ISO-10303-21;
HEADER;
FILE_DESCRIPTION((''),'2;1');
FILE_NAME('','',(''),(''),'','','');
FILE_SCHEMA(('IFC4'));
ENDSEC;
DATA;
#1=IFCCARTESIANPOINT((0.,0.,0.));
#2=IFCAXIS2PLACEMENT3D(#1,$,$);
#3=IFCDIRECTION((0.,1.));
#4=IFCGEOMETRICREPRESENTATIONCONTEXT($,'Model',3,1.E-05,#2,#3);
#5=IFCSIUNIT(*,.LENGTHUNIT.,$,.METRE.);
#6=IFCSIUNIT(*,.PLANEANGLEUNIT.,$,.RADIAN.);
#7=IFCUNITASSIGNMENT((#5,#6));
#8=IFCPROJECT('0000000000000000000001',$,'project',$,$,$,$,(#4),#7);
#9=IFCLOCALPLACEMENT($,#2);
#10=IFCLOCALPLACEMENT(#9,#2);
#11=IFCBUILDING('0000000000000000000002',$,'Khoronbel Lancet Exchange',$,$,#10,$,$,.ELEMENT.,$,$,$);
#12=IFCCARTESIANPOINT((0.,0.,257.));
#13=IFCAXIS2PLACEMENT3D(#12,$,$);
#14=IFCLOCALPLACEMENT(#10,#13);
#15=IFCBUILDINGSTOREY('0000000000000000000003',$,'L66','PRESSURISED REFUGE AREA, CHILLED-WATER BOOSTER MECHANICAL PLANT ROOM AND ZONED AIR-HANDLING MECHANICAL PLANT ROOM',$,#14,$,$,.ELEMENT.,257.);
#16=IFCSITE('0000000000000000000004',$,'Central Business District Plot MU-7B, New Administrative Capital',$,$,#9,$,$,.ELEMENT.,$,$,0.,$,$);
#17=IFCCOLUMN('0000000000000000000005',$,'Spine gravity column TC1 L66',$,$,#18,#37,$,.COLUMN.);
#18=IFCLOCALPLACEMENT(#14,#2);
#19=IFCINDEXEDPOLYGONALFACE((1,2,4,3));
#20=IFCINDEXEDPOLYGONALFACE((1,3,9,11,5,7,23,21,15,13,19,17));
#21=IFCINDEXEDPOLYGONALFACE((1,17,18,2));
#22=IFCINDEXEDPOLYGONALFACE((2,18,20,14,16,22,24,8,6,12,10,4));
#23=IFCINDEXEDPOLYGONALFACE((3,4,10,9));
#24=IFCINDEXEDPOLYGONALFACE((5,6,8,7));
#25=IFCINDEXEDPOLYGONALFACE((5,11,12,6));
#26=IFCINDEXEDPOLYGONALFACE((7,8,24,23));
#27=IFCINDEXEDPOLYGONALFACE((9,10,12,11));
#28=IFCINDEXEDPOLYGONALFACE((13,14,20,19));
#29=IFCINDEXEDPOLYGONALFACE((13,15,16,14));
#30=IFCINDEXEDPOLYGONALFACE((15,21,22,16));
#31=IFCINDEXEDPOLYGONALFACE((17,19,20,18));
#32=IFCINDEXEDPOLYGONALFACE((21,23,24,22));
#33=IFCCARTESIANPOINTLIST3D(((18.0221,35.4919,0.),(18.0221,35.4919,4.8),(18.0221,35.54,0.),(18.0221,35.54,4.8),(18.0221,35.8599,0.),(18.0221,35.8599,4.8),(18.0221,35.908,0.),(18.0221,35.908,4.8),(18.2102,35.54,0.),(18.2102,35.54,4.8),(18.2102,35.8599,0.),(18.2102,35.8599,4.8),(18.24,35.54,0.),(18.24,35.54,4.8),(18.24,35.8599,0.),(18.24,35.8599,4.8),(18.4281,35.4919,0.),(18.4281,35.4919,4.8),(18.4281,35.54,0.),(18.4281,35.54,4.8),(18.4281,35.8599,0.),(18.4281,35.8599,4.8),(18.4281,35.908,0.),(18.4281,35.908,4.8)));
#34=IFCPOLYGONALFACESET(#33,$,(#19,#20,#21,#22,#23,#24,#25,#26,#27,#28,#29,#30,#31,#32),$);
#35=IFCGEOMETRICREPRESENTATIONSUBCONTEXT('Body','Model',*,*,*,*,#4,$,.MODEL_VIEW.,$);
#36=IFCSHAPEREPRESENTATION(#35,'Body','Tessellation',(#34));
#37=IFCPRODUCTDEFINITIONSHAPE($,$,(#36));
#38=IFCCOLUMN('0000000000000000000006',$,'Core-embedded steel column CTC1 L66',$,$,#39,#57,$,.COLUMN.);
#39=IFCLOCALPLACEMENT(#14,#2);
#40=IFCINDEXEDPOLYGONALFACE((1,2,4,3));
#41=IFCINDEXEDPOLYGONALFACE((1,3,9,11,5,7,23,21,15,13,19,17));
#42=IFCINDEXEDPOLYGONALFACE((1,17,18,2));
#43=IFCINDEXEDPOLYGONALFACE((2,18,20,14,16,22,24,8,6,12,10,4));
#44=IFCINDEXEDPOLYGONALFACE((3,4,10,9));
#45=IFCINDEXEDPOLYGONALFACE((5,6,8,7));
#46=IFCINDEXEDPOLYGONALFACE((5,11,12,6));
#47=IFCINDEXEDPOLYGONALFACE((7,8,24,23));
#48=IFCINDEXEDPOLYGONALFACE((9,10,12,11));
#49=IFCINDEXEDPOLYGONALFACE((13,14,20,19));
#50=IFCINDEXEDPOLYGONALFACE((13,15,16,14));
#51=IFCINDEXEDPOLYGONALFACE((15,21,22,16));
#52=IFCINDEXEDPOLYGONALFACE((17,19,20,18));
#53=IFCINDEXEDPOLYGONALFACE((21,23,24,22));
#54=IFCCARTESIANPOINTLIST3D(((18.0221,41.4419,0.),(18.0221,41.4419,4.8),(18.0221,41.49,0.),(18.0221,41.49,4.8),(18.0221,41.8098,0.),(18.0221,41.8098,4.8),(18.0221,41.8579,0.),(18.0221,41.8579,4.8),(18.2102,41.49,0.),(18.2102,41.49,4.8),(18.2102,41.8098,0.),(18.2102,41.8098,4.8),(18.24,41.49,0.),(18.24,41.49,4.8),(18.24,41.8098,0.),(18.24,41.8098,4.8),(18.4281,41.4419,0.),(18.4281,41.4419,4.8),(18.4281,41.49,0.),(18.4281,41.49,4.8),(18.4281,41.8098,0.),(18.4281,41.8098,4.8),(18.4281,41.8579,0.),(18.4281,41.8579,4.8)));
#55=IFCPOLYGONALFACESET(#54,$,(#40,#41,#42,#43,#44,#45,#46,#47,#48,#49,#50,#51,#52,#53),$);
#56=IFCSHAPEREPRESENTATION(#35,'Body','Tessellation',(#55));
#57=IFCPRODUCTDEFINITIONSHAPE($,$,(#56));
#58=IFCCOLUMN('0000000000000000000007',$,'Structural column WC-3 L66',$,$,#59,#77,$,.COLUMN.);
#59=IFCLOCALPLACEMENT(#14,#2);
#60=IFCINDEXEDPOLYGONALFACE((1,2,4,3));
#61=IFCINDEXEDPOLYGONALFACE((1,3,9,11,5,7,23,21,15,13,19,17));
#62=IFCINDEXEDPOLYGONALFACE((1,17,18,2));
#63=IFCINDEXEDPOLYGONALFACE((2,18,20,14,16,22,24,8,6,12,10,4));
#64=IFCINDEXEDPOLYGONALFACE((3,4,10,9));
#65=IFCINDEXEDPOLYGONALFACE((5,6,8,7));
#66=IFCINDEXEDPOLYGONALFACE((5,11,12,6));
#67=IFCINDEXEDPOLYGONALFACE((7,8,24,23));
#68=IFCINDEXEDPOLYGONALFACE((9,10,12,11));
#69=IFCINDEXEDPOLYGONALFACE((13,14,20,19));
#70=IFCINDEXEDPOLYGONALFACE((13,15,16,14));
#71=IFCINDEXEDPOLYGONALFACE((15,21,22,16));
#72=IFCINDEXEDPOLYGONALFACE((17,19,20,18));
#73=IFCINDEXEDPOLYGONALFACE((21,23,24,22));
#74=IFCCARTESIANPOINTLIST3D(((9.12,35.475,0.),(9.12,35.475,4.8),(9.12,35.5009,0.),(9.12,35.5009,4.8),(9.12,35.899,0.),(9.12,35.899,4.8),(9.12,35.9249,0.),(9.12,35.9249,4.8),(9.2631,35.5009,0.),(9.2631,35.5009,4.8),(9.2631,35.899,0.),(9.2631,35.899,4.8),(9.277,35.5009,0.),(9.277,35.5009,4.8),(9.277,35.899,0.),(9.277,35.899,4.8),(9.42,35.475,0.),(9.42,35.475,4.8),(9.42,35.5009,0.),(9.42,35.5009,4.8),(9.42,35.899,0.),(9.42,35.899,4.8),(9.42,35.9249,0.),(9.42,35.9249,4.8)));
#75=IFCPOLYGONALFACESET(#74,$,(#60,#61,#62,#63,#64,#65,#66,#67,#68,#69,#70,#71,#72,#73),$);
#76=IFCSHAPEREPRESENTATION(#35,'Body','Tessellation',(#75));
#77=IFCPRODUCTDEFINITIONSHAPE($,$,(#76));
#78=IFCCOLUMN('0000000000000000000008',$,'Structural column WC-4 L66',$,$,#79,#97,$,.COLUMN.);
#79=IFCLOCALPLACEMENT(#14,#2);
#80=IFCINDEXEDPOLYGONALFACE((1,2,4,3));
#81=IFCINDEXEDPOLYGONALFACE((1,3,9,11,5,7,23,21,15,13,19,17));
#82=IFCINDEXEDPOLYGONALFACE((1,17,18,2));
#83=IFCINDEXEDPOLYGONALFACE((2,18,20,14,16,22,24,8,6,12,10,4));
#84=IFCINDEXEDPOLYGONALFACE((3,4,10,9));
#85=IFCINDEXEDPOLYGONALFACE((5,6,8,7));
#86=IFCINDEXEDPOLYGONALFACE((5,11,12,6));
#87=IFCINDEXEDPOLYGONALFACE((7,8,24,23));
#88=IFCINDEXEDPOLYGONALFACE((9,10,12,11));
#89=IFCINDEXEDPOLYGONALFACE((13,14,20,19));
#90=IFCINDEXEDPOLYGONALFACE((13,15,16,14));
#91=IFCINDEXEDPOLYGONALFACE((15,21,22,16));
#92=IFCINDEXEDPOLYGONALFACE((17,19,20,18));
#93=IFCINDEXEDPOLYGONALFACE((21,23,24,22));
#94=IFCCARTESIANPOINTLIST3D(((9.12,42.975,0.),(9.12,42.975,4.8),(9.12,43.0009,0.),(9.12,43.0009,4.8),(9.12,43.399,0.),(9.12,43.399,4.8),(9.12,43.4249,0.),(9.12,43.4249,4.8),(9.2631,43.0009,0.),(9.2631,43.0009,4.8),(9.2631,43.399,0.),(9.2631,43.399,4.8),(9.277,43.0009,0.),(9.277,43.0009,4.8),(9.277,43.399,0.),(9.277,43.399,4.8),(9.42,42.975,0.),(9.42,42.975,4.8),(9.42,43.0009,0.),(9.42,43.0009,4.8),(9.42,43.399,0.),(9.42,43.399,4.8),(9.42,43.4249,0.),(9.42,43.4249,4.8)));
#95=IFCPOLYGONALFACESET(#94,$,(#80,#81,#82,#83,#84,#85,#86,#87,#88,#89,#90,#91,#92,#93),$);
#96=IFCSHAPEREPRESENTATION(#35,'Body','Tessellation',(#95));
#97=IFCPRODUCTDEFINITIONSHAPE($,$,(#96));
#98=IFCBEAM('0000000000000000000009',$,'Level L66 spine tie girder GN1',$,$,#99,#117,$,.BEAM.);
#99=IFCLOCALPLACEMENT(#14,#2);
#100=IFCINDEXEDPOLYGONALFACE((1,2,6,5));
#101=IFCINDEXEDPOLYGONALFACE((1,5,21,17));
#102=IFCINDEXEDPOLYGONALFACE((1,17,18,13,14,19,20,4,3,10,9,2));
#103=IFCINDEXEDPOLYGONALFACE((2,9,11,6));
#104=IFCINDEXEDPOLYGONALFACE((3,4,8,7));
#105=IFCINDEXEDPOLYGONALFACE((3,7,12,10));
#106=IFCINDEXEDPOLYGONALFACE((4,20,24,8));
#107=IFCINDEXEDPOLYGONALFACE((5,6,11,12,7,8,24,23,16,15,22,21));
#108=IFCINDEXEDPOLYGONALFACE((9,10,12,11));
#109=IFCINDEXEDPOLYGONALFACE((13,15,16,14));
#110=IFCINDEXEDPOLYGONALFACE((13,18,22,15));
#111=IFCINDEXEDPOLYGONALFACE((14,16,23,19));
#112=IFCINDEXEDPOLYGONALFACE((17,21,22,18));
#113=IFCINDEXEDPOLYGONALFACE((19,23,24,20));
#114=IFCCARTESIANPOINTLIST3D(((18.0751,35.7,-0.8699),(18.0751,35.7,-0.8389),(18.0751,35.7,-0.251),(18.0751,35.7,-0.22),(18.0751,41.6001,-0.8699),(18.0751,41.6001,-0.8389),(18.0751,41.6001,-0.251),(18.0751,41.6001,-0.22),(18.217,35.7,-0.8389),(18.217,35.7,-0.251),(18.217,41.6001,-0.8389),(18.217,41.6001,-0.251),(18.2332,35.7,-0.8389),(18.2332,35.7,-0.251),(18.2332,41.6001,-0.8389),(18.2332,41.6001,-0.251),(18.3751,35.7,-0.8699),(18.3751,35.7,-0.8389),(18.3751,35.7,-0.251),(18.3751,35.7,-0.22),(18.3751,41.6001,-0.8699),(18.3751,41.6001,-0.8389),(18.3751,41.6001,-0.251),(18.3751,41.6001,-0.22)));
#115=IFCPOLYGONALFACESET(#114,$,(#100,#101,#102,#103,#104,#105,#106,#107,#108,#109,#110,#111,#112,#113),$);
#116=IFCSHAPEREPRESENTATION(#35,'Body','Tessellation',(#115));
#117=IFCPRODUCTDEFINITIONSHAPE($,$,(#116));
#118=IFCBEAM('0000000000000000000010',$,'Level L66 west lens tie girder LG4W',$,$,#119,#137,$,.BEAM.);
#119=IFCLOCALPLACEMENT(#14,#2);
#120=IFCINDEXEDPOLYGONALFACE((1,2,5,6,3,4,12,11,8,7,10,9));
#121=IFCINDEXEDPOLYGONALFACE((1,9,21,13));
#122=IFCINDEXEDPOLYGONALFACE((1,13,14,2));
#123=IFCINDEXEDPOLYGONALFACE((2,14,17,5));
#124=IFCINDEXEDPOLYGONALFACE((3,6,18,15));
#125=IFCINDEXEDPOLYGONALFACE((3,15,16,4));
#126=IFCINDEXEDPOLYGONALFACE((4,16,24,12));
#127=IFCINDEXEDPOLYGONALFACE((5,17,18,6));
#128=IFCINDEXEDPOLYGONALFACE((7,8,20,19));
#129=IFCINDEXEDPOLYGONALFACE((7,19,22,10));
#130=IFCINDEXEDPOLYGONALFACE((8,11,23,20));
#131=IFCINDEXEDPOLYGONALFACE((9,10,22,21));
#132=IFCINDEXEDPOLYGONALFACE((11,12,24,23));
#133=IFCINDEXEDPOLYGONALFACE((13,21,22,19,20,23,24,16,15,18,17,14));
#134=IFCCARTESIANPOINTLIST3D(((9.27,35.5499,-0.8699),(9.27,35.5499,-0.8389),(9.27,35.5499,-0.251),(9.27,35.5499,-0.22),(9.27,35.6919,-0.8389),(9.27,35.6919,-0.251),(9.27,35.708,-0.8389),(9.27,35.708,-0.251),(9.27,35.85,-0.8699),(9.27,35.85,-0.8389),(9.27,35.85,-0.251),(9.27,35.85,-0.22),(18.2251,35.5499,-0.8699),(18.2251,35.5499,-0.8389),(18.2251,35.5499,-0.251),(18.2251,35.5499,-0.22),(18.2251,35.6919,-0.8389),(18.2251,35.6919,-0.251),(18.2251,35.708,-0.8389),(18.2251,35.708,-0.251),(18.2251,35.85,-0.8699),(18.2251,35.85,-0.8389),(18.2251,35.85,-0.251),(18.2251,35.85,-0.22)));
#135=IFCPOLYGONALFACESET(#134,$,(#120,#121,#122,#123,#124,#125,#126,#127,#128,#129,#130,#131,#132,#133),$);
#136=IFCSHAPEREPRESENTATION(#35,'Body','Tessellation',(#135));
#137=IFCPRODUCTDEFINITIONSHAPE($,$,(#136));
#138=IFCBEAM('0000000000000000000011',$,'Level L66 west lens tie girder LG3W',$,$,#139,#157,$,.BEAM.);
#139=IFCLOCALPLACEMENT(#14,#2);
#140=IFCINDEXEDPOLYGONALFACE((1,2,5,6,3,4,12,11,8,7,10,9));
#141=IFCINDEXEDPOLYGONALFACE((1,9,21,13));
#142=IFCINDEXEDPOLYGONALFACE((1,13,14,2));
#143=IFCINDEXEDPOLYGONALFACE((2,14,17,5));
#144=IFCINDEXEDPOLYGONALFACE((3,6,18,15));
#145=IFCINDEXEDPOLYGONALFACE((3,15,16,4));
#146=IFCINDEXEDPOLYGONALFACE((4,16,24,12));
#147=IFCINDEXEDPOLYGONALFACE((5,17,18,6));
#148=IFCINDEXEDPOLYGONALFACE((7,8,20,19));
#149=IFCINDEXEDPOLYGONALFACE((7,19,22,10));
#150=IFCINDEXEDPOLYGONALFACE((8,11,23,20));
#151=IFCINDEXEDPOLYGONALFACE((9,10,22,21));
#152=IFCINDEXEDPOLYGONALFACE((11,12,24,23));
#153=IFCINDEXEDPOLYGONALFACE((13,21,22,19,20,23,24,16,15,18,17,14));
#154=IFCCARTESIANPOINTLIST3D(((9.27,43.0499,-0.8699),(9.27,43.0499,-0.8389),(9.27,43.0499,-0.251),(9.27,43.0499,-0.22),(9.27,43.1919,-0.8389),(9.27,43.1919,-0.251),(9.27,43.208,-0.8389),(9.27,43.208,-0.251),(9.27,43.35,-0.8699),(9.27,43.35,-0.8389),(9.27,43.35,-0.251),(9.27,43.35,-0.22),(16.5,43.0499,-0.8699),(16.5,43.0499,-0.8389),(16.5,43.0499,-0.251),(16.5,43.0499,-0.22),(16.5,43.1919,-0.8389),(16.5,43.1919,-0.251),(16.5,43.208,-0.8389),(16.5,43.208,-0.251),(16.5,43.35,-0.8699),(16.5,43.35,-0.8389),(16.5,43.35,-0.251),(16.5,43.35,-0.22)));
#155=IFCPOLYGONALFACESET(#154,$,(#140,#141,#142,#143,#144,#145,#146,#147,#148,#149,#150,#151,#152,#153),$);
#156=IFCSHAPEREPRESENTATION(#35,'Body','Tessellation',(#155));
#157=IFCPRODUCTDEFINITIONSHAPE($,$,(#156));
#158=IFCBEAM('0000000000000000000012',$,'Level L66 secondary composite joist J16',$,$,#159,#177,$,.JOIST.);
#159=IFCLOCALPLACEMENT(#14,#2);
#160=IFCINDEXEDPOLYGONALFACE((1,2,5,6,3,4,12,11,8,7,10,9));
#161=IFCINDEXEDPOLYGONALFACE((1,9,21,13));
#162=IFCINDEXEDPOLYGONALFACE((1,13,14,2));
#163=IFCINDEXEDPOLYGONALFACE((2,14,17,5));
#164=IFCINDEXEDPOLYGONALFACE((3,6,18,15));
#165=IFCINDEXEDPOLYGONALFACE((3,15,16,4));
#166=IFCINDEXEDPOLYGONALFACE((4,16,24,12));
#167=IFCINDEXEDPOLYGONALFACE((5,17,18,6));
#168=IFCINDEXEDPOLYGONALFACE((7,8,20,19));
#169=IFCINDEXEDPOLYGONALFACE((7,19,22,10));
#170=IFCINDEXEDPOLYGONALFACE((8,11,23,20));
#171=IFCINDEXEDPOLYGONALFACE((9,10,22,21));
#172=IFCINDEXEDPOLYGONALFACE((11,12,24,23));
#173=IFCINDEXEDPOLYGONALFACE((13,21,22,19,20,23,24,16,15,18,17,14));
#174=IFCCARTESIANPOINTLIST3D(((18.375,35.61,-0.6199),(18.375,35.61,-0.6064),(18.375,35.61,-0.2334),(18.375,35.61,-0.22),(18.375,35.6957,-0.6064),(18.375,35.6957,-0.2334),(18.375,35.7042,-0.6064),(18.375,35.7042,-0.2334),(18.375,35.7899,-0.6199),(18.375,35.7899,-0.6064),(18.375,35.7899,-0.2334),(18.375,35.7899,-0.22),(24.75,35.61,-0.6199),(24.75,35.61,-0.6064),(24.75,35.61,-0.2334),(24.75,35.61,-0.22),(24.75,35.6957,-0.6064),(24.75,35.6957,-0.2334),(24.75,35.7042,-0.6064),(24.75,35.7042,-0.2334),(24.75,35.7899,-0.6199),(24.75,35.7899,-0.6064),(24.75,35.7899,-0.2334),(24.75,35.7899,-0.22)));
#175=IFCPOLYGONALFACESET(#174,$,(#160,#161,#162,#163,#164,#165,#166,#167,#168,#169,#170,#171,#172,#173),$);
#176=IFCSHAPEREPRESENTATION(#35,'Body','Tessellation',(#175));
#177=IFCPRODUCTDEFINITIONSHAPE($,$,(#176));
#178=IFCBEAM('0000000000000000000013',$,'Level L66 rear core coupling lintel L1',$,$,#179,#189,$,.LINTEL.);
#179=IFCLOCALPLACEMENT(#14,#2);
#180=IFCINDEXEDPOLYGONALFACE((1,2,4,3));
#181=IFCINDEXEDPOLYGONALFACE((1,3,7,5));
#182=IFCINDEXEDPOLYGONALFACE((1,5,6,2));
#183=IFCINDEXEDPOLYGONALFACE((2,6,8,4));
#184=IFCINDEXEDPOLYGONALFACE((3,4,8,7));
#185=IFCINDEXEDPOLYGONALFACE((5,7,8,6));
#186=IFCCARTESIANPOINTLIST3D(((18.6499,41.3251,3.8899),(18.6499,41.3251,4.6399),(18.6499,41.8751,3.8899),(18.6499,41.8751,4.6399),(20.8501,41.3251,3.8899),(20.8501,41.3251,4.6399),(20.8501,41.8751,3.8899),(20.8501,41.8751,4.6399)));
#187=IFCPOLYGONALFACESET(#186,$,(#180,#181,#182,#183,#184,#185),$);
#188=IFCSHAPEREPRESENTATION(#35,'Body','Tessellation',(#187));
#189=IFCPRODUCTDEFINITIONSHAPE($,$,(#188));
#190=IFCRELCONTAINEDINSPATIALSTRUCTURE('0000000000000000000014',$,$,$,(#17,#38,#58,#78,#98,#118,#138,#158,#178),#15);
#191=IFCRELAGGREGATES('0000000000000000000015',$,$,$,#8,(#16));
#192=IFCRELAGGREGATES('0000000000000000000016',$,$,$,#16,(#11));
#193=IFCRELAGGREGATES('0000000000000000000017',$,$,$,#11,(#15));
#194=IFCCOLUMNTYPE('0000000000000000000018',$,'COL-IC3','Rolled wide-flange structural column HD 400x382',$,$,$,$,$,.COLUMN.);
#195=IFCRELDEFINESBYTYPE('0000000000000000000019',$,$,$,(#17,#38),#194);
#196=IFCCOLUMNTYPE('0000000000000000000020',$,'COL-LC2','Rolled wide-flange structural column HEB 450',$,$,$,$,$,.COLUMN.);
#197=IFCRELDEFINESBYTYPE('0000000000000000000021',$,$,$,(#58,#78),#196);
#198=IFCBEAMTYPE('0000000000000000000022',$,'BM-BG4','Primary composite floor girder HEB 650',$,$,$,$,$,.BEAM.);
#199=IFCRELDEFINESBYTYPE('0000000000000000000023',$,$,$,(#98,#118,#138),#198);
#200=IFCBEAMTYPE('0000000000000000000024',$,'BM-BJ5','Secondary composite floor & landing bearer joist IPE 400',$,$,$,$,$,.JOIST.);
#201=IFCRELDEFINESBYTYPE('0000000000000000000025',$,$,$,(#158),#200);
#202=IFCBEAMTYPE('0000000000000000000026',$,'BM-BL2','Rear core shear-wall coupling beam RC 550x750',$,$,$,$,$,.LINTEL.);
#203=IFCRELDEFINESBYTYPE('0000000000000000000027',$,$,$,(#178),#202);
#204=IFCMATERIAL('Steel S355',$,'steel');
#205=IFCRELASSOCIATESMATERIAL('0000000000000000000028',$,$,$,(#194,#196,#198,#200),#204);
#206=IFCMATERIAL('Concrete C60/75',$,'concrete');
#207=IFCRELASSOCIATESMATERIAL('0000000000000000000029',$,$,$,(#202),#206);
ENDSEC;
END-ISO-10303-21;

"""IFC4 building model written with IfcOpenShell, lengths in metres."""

from ifc_helpers import new_model, si_unit, direction, frame, origin, origin_2d, place, context, subcontext, project, spatial, rectangle, i_section, extrude, material, material_profile, profile_set, type_object, element, save


model = new_model("IFC4")

# Units and contexts
model_context = context("Model", 3, precision=1e-05, world=origin(), true_north=direction((0.0, 1.0)))
body_context = subcontext(model_context, "Body", "Model", "MODEL_VIEW")
ifc_project = project(units=[si_unit("LENGTHUNIT", "METRE"), si_unit("PLANEANGLEUNIT", "RADIAN")], contexts=[model_context])

# Site, building, storey
site_placement = place(None, origin())
site = spatial("IfcSite", under=ifc_project, at=site_placement, Name="Central Business District Plot MU-7B, New Administrative Capital", CompositionType="ELEMENT", RefElevation=0.0)
building_placement = place(site_placement, origin())
building = spatial("IfcBuilding", under=site, at=building_placement, Name="Khoronbel Lancet Exchange", CompositionType="ELEMENT")
storey_placement = place(building_placement, frame((0.0, 0.0, 257.0)))
storey = spatial("IfcBuildingStorey", under=building, at=storey_placement, Name="L66", Description="PRESSURISED REFUGE AREA, CHILLED-WATER BOOSTER MECHANICAL PLANT ROOM AND ZONED AIR-HANDLING MECHANICAL PLANT ROOM", CompositionType="ELEMENT", Elevation=257.0)

# Columns
ifc_material_1 = material(Name="Steel S355", Category="steel")
ifc_material_profile_1 = material_profile(ifc_material_1, i_section(OverallWidth=0.406, OverallDepth=0.416, WebThickness=0.0298, FlangeThickness=0.0481, at=origin_2d()), Name="HD 400x382")
ifc_profile_set_1 = profile_set([ifc_material_profile_1], Name="Steel S355")
column_type_1 = type_object("IfcColumnType", Name="COL-IC3", Description="Rolled wide-flange structural column HD 400x382", PredefinedType="COLUMN", material=ifc_profile_set_1)
for number, where, z_axis, x_axis, name in (
    (1, (18.2251, 35.7, 0.0), (0.0, 0.0, 1.0), (1.0, 0.0, 0.0), "Spine gravity column TC1 L66"),
    (2, (18.2251, 41.6499, 0.0), (0.0, 0.0, 1.0), (1.0, 0.0, 0.0), "Core-embedded steel column CTC1 L66"),
):
    element("IfcColumn", number, at=place(storey_placement, frame(where, z_axis=z_axis, x_axis=x_axis)), inside=storey, type_object=column_type_1, Name=name, PredefinedType="COLUMN", context=body_context, shape_type="SweptSolid", body=[
        extrude(i_section(OverallWidth=0.406, OverallDepth=0.416, WebThickness=0.0298, FlangeThickness=0.0481, at=origin_2d()), origin(), (0.0, 0.0, 1.0), 4.8),
    ])
ifc_material_profile_2 = material_profile(ifc_material_1, i_section(OverallWidth=0.3, OverallDepth=0.45, WebThickness=0.0139, FlangeThickness=0.0259, at=origin_2d()), Name="HEB 450")
ifc_profile_set_2 = profile_set([ifc_material_profile_2], Name="Steel S355")
column_type_2 = type_object("IfcColumnType", Name="COL-LC2", Description="Rolled wide-flange structural column HEB 450", PredefinedType="COLUMN", material=ifc_profile_set_2)
for number, where, z_axis, x_axis, name in (
    (3, (9.27, 35.7, 0.0), (0.0, 0.0, 1.0), (1.0, 0.0, 0.0), "Structural column WC-3 L66"),
    (4, (9.27, 43.2, 0.0), (0.0, 0.0, 1.0), (1.0, 0.0, 0.0), "Structural column WC-4 L66"),
):
    element("IfcColumn", number, at=place(storey_placement, frame(where, z_axis=z_axis, x_axis=x_axis)), inside=storey, type_object=column_type_2, Name=name, PredefinedType="COLUMN", context=body_context, shape_type="SweptSolid", body=[
        extrude(i_section(OverallWidth=0.3, OverallDepth=0.45, WebThickness=0.0139, FlangeThickness=0.0259, at=origin_2d()), origin(), (0.0, 0.0, 1.0), 4.8),
    ])

# Beams
ifc_material_profile_3 = material_profile(ifc_material_1, i_section(OverallWidth=0.3, OverallDepth=0.6499, WebThickness=0.0161, FlangeThickness=0.031, at=origin_2d()), Name="HEB 650")
ifc_profile_set_3 = profile_set([ifc_material_profile_3], Name="Steel S355")
beam_type_1 = type_object("IfcBeamType", Name="BM-BG4", Description="Primary composite floor girder HEB 650", PredefinedType="BEAM", material=ifc_profile_set_3)
beam_1_placement = place(storey_placement, frame((18.2251, 35.7, -0.5449), z_axis=(0.0, 1.0, 0.0), x_axis=(-1.0, 0.0, 0.0)))
element("IfcBeam", 5, at=beam_1_placement, inside=storey, type_object=beam_type_1, Name="Level L66 spine tie girder GN1", PredefinedType="BEAM", context=body_context, shape_type="SweptSolid", body=[
    extrude(i_section(OverallWidth=0.3, OverallDepth=0.6499, WebThickness=0.0161, FlangeThickness=0.031, at=origin_2d()), origin(), (0.0, 0.0, 1.0), 5.9001),
])
beam_2_placement = place(storey_placement, frame((9.27, 35.7, -0.5449), z_axis=(1.0, 0.0, 0.0), x_axis=(0.0, 1.0, 0.0)))
element("IfcBeam", 6, at=beam_2_placement, inside=storey, type_object=beam_type_1, Name="Level L66 west lens tie girder LG4W", PredefinedType="BEAM", context=body_context, shape_type="SweptSolid", body=[
    extrude(i_section(OverallWidth=0.3, OverallDepth=0.6499, WebThickness=0.0161, FlangeThickness=0.031, at=origin_2d()), origin(), (0.0, 0.0, 1.0), 8.9551),
])
beam_3_placement = place(storey_placement, frame((9.27, 43.2, -0.5449), z_axis=(1.0, 0.0, 0.0), x_axis=(0.0, 1.0, 0.0)))
element("IfcBeam", 7, at=beam_3_placement, inside=storey, type_object=beam_type_1, Name="Level L66 west lens tie girder LG3W", PredefinedType="BEAM", context=body_context, shape_type="SweptSolid", body=[
    extrude(i_section(OverallWidth=0.3, OverallDepth=0.6499, WebThickness=0.0161, FlangeThickness=0.031, at=origin_2d()), origin(), (0.0, 0.0, 1.0), 7.23),
])
ifc_material_profile_4 = material_profile(ifc_material_1, i_section(OverallWidth=0.1799, OverallDepth=0.3999, WebThickness=0.0085, FlangeThickness=0.0134, at=origin_2d()), Name="IPE 400")
ifc_profile_set_4 = profile_set([ifc_material_profile_4], Name="Steel S355")
beam_type_2 = type_object("IfcBeamType", Name="BM-BJ5", Description="Secondary composite floor & landing bearer joist IPE 400", PredefinedType="JOIST", material=ifc_profile_set_4)
beam_4_placement = place(storey_placement, frame((18.375, 35.7, -0.4199), z_axis=(1.0, 0.0, 0.0), x_axis=(0.0, 1.0, 0.0)))
element("IfcBeam", 8, at=beam_4_placement, inside=storey, type_object=beam_type_2, Name="Level L66 secondary composite joist J16", PredefinedType="JOIST", context=body_context, shape_type="SweptSolid", body=[
    extrude(i_section(OverallWidth=0.1799, OverallDepth=0.3999, WebThickness=0.0085, FlangeThickness=0.0134, at=origin_2d()), origin(), (0.0, 0.0, 1.0), 6.375),
])
ifc_material_2 = material(Name="Concrete C60/75", Category="concrete")
ifc_material_profile_5 = material_profile(ifc_material_2, rectangle(XDim=0.55, YDim=0.75, at=origin_2d()), Name="RC 550x750")
ifc_profile_set_5 = profile_set([ifc_material_profile_5], Name="Concrete C60/75")
beam_type_3 = type_object("IfcBeamType", Name="BM-BL2", Description="Rear core shear-wall coupling beam RC 550x750", PredefinedType="LINTEL", material=ifc_profile_set_5)
beam_5_placement = place(storey_placement, frame((18.6499, 41.6001, 4.2649), z_axis=(1.0, 0.0, 0.0), x_axis=(0.0, 1.0, 0.0)))
element("IfcBeam", 9, at=beam_5_placement, inside=storey, type_object=beam_type_3, Name="Level L66 rear core coupling lintel L1", PredefinedType="LINTEL", context=body_context, shape_type="SweptSolid", body=[
    extrude(rectangle(XDim=0.55, YDim=0.75, at=origin_2d()), origin(), (0.0, 0.0, 1.0), 2.2002),
])

save(model, "model.ifc")
